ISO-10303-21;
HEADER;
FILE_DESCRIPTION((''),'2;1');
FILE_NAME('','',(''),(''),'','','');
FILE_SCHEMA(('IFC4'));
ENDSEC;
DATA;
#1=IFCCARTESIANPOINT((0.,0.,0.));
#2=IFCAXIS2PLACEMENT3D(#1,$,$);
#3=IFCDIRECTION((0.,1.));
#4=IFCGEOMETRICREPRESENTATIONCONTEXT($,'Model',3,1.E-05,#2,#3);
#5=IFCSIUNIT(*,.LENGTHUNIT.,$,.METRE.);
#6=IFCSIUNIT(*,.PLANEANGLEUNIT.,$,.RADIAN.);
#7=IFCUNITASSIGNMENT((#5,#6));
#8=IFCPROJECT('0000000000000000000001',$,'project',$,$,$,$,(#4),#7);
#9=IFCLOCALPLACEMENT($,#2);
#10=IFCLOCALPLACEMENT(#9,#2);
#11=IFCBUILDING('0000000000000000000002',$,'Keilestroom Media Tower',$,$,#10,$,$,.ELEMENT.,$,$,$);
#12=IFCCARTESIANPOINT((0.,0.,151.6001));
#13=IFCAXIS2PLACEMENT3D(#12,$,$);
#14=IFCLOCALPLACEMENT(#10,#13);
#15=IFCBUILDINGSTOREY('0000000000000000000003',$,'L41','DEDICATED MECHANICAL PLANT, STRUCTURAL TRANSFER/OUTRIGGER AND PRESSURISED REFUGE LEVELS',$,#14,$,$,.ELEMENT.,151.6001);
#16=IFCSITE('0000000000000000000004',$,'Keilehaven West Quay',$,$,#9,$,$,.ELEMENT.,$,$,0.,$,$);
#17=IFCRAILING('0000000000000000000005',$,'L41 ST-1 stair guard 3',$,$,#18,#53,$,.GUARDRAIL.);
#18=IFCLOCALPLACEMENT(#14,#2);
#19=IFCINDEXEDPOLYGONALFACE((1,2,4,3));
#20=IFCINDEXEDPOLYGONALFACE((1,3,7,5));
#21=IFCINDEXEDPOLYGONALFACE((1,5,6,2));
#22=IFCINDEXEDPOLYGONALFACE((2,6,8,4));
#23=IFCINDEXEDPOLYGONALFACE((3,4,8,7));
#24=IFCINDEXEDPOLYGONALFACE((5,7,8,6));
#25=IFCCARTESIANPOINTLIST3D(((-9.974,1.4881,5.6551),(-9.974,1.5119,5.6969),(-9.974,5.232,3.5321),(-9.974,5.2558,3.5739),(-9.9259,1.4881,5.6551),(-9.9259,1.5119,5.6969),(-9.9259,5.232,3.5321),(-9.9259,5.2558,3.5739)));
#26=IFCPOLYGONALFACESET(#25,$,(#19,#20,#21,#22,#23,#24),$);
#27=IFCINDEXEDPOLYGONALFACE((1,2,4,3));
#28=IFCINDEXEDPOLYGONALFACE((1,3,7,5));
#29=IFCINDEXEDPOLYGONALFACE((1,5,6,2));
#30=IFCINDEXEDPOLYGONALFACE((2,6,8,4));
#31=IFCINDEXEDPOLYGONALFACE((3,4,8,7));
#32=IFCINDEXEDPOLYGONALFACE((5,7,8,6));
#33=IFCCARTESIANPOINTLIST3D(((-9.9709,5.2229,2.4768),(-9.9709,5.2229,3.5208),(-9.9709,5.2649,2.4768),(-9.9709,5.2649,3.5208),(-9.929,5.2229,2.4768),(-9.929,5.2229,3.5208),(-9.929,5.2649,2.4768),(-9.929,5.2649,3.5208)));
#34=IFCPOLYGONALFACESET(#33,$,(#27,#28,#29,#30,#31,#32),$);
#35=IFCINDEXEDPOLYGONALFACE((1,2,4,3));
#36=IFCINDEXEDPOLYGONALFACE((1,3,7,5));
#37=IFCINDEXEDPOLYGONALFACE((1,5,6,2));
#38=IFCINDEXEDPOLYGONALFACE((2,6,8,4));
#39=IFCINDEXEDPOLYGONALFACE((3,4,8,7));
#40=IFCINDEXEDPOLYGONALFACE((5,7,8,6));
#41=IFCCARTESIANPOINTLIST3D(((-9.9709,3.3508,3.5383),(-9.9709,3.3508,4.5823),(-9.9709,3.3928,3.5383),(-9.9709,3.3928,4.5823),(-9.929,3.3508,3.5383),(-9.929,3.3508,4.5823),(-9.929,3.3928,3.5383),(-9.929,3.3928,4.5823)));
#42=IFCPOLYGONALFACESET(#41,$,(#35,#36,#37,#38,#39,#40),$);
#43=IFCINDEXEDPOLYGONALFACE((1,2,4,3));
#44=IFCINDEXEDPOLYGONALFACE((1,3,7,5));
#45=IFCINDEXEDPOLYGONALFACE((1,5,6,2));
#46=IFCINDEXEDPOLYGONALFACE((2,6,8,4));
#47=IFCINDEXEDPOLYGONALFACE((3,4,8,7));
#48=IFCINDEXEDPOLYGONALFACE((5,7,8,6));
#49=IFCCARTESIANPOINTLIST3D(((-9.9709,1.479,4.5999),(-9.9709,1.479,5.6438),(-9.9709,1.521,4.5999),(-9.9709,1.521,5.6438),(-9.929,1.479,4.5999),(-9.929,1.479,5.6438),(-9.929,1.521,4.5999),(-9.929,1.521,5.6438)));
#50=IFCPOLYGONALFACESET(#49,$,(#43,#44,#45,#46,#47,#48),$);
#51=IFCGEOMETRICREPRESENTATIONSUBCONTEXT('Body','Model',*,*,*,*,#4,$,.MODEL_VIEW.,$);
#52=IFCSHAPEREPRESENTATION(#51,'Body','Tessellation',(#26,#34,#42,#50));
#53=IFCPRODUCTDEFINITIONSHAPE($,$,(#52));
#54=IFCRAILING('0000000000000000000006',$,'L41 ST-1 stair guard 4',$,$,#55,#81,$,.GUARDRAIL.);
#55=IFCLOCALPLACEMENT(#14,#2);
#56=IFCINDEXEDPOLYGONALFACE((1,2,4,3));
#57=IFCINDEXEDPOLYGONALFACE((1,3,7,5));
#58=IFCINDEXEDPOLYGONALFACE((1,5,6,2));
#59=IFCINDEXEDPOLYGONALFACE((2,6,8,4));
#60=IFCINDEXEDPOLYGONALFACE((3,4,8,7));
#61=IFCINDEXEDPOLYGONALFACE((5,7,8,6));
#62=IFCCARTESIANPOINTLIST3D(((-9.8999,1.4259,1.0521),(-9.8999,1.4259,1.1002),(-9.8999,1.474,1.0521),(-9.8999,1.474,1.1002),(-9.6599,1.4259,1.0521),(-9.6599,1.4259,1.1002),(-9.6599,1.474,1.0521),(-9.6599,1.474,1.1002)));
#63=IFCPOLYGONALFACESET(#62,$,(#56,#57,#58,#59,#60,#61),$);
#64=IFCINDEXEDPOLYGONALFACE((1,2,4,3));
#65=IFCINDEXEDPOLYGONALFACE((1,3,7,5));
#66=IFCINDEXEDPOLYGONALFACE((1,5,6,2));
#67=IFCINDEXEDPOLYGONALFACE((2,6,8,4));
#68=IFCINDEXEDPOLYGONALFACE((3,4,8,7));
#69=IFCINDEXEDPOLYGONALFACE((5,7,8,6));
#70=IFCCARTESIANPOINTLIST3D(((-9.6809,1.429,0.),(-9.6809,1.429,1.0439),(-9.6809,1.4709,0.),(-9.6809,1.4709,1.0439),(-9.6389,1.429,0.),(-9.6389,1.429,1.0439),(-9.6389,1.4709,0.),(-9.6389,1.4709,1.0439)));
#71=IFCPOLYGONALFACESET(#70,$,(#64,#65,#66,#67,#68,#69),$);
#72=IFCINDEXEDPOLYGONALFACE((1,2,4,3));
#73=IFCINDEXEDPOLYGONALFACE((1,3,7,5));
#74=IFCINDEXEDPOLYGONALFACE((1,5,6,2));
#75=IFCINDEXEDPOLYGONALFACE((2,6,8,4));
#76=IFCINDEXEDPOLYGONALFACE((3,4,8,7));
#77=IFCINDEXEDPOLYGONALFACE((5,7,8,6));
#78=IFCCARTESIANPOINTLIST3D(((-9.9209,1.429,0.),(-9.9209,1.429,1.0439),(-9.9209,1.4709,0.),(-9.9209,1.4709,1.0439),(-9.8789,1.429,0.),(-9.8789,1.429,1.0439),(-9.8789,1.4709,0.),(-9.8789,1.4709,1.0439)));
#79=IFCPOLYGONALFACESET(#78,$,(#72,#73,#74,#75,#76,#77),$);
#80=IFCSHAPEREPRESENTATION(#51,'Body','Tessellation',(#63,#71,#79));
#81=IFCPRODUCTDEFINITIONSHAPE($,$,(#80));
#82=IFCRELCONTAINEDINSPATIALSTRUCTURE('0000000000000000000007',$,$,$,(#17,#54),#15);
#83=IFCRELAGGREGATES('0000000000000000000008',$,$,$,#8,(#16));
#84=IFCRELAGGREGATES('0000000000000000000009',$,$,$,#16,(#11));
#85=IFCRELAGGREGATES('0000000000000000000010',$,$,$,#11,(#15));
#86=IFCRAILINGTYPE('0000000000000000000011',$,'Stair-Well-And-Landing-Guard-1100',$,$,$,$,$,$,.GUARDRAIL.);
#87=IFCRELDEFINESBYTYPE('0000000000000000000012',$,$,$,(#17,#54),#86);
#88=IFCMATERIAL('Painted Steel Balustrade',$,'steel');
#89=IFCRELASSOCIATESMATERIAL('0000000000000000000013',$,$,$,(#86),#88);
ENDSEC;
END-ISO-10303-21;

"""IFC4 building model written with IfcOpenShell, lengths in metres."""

from ifc_helpers import new_model, si_unit, direction, frame, origin, origin_2d, place, context, subcontext, project, spatial, rectangle, extrude, material, type_object, element, save


model = new_model("IFC4")

# Units and contexts
model_context = context("Model", 3, precision=1e-05, world=origin(), true_north=direction((0.0, 1.0)))
body_context = subcontext(model_context, "Body", "Model", "MODEL_VIEW")
ifc_project = project(units=[si_unit("LENGTHUNIT", "METRE"), si_unit("PLANEANGLEUNIT", "RADIAN")], contexts=[model_context])

# Site, building, storey
site_placement = place(None, origin())
site = spatial("IfcSite", under=ifc_project, at=site_placement, Name="Keilehaven West Quay", CompositionType="ELEMENT", RefElevation=0.0)
building_placement = place(site_placement, origin())
building = spatial("IfcBuilding", under=site, at=building_placement, Name="Keilestroom Media Tower", CompositionType="ELEMENT")
storey_placement = place(building_placement, frame((0.0, 0.0, 151.6001)))
storey = spatial("IfcBuildingStorey", under=building, at=storey_placement, Name="L41", Description="DEDICATED MECHANICAL PLANT, STRUCTURAL TRANSFER/OUTRIGGER AND PRESSURISED REFUGE LEVELS", CompositionType="ELEMENT", Elevation=151.6001)

# Railings
ifc_material_1 = material(Name="Painted Steel Balustrade", Category="steel")
railing_type_1 = type_object("IfcRailingType", Name="Stair-Well-And-Landing-Guard-1100", PredefinedType="GUARDRAIL", material=ifc_material_1)
railing_1_placement = place(storey_placement, frame((-9.95, 5.2439, 2.4768)))
element("IfcRailing", 1, at=railing_1_placement, inside=storey, type_object=railing_type_1, Name="L41 ST-1 stair guard 3", PredefinedType="GUARDRAIL", context=body_context, shape_type="SweptSolid", body=[
    extrude(rectangle(XDim=0.0481, YDim=0.0481, at=origin_2d()), frame((0.0, 0.0, 1.0762), z_axis=(0.0, -0.869872, 0.493277), x_axis=(1.0, 0.0, 0.0)), (0.0, 0.0, 1.0), 4.304),
    extrude(rectangle(XDim=0.042, YDim=0.042, at=origin_2d()), origin(), (0.0, 0.0, 1.0), 1.0439),
    extrude(rectangle(XDim=0.042, YDim=0.042, at=origin_2d()), frame((0.0, -1.8721, 1.0615)), (0.0, 0.0, 1.0), 1.0439),
    extrude(rectangle(XDim=0.042, YDim=0.042, at=origin_2d()), frame((0.0, -3.7439, 2.123)), (0.0, 0.0, 1.0), 1.0439),
])
railing_2_placement = place(storey_placement, frame((-9.6599, 1.45, 0.0)))
element("IfcRailing", 2, at=railing_2_placement, inside=storey, type_object=railing_type_1, Name="L41 ST-1 stair guard 4", PredefinedType="GUARDRAIL", context=body_context, shape_type="SweptSolid", body=[
    extrude(rectangle(XDim=0.0481, YDim=0.0481, at=origin_2d()), frame((0.0, 0.0, 1.0762), z_axis=(-1.0, 0.0, 0.0), x_axis=(0.0, -1.0, 0.0)), (0.0, 0.0, 1.0), 0.24),
    extrude(rectangle(XDim=0.042, YDim=0.042, at=origin_2d()), origin(), (0.0, 0.0, 1.0), 1.0439),
    extrude(rectangle(XDim=0.042, YDim=0.042, at=origin_2d()), frame((-0.24, 0.0, 0.0)), (0.0, 0.0, 1.0), 1.0439),
])

save(model, "model.ifc")
